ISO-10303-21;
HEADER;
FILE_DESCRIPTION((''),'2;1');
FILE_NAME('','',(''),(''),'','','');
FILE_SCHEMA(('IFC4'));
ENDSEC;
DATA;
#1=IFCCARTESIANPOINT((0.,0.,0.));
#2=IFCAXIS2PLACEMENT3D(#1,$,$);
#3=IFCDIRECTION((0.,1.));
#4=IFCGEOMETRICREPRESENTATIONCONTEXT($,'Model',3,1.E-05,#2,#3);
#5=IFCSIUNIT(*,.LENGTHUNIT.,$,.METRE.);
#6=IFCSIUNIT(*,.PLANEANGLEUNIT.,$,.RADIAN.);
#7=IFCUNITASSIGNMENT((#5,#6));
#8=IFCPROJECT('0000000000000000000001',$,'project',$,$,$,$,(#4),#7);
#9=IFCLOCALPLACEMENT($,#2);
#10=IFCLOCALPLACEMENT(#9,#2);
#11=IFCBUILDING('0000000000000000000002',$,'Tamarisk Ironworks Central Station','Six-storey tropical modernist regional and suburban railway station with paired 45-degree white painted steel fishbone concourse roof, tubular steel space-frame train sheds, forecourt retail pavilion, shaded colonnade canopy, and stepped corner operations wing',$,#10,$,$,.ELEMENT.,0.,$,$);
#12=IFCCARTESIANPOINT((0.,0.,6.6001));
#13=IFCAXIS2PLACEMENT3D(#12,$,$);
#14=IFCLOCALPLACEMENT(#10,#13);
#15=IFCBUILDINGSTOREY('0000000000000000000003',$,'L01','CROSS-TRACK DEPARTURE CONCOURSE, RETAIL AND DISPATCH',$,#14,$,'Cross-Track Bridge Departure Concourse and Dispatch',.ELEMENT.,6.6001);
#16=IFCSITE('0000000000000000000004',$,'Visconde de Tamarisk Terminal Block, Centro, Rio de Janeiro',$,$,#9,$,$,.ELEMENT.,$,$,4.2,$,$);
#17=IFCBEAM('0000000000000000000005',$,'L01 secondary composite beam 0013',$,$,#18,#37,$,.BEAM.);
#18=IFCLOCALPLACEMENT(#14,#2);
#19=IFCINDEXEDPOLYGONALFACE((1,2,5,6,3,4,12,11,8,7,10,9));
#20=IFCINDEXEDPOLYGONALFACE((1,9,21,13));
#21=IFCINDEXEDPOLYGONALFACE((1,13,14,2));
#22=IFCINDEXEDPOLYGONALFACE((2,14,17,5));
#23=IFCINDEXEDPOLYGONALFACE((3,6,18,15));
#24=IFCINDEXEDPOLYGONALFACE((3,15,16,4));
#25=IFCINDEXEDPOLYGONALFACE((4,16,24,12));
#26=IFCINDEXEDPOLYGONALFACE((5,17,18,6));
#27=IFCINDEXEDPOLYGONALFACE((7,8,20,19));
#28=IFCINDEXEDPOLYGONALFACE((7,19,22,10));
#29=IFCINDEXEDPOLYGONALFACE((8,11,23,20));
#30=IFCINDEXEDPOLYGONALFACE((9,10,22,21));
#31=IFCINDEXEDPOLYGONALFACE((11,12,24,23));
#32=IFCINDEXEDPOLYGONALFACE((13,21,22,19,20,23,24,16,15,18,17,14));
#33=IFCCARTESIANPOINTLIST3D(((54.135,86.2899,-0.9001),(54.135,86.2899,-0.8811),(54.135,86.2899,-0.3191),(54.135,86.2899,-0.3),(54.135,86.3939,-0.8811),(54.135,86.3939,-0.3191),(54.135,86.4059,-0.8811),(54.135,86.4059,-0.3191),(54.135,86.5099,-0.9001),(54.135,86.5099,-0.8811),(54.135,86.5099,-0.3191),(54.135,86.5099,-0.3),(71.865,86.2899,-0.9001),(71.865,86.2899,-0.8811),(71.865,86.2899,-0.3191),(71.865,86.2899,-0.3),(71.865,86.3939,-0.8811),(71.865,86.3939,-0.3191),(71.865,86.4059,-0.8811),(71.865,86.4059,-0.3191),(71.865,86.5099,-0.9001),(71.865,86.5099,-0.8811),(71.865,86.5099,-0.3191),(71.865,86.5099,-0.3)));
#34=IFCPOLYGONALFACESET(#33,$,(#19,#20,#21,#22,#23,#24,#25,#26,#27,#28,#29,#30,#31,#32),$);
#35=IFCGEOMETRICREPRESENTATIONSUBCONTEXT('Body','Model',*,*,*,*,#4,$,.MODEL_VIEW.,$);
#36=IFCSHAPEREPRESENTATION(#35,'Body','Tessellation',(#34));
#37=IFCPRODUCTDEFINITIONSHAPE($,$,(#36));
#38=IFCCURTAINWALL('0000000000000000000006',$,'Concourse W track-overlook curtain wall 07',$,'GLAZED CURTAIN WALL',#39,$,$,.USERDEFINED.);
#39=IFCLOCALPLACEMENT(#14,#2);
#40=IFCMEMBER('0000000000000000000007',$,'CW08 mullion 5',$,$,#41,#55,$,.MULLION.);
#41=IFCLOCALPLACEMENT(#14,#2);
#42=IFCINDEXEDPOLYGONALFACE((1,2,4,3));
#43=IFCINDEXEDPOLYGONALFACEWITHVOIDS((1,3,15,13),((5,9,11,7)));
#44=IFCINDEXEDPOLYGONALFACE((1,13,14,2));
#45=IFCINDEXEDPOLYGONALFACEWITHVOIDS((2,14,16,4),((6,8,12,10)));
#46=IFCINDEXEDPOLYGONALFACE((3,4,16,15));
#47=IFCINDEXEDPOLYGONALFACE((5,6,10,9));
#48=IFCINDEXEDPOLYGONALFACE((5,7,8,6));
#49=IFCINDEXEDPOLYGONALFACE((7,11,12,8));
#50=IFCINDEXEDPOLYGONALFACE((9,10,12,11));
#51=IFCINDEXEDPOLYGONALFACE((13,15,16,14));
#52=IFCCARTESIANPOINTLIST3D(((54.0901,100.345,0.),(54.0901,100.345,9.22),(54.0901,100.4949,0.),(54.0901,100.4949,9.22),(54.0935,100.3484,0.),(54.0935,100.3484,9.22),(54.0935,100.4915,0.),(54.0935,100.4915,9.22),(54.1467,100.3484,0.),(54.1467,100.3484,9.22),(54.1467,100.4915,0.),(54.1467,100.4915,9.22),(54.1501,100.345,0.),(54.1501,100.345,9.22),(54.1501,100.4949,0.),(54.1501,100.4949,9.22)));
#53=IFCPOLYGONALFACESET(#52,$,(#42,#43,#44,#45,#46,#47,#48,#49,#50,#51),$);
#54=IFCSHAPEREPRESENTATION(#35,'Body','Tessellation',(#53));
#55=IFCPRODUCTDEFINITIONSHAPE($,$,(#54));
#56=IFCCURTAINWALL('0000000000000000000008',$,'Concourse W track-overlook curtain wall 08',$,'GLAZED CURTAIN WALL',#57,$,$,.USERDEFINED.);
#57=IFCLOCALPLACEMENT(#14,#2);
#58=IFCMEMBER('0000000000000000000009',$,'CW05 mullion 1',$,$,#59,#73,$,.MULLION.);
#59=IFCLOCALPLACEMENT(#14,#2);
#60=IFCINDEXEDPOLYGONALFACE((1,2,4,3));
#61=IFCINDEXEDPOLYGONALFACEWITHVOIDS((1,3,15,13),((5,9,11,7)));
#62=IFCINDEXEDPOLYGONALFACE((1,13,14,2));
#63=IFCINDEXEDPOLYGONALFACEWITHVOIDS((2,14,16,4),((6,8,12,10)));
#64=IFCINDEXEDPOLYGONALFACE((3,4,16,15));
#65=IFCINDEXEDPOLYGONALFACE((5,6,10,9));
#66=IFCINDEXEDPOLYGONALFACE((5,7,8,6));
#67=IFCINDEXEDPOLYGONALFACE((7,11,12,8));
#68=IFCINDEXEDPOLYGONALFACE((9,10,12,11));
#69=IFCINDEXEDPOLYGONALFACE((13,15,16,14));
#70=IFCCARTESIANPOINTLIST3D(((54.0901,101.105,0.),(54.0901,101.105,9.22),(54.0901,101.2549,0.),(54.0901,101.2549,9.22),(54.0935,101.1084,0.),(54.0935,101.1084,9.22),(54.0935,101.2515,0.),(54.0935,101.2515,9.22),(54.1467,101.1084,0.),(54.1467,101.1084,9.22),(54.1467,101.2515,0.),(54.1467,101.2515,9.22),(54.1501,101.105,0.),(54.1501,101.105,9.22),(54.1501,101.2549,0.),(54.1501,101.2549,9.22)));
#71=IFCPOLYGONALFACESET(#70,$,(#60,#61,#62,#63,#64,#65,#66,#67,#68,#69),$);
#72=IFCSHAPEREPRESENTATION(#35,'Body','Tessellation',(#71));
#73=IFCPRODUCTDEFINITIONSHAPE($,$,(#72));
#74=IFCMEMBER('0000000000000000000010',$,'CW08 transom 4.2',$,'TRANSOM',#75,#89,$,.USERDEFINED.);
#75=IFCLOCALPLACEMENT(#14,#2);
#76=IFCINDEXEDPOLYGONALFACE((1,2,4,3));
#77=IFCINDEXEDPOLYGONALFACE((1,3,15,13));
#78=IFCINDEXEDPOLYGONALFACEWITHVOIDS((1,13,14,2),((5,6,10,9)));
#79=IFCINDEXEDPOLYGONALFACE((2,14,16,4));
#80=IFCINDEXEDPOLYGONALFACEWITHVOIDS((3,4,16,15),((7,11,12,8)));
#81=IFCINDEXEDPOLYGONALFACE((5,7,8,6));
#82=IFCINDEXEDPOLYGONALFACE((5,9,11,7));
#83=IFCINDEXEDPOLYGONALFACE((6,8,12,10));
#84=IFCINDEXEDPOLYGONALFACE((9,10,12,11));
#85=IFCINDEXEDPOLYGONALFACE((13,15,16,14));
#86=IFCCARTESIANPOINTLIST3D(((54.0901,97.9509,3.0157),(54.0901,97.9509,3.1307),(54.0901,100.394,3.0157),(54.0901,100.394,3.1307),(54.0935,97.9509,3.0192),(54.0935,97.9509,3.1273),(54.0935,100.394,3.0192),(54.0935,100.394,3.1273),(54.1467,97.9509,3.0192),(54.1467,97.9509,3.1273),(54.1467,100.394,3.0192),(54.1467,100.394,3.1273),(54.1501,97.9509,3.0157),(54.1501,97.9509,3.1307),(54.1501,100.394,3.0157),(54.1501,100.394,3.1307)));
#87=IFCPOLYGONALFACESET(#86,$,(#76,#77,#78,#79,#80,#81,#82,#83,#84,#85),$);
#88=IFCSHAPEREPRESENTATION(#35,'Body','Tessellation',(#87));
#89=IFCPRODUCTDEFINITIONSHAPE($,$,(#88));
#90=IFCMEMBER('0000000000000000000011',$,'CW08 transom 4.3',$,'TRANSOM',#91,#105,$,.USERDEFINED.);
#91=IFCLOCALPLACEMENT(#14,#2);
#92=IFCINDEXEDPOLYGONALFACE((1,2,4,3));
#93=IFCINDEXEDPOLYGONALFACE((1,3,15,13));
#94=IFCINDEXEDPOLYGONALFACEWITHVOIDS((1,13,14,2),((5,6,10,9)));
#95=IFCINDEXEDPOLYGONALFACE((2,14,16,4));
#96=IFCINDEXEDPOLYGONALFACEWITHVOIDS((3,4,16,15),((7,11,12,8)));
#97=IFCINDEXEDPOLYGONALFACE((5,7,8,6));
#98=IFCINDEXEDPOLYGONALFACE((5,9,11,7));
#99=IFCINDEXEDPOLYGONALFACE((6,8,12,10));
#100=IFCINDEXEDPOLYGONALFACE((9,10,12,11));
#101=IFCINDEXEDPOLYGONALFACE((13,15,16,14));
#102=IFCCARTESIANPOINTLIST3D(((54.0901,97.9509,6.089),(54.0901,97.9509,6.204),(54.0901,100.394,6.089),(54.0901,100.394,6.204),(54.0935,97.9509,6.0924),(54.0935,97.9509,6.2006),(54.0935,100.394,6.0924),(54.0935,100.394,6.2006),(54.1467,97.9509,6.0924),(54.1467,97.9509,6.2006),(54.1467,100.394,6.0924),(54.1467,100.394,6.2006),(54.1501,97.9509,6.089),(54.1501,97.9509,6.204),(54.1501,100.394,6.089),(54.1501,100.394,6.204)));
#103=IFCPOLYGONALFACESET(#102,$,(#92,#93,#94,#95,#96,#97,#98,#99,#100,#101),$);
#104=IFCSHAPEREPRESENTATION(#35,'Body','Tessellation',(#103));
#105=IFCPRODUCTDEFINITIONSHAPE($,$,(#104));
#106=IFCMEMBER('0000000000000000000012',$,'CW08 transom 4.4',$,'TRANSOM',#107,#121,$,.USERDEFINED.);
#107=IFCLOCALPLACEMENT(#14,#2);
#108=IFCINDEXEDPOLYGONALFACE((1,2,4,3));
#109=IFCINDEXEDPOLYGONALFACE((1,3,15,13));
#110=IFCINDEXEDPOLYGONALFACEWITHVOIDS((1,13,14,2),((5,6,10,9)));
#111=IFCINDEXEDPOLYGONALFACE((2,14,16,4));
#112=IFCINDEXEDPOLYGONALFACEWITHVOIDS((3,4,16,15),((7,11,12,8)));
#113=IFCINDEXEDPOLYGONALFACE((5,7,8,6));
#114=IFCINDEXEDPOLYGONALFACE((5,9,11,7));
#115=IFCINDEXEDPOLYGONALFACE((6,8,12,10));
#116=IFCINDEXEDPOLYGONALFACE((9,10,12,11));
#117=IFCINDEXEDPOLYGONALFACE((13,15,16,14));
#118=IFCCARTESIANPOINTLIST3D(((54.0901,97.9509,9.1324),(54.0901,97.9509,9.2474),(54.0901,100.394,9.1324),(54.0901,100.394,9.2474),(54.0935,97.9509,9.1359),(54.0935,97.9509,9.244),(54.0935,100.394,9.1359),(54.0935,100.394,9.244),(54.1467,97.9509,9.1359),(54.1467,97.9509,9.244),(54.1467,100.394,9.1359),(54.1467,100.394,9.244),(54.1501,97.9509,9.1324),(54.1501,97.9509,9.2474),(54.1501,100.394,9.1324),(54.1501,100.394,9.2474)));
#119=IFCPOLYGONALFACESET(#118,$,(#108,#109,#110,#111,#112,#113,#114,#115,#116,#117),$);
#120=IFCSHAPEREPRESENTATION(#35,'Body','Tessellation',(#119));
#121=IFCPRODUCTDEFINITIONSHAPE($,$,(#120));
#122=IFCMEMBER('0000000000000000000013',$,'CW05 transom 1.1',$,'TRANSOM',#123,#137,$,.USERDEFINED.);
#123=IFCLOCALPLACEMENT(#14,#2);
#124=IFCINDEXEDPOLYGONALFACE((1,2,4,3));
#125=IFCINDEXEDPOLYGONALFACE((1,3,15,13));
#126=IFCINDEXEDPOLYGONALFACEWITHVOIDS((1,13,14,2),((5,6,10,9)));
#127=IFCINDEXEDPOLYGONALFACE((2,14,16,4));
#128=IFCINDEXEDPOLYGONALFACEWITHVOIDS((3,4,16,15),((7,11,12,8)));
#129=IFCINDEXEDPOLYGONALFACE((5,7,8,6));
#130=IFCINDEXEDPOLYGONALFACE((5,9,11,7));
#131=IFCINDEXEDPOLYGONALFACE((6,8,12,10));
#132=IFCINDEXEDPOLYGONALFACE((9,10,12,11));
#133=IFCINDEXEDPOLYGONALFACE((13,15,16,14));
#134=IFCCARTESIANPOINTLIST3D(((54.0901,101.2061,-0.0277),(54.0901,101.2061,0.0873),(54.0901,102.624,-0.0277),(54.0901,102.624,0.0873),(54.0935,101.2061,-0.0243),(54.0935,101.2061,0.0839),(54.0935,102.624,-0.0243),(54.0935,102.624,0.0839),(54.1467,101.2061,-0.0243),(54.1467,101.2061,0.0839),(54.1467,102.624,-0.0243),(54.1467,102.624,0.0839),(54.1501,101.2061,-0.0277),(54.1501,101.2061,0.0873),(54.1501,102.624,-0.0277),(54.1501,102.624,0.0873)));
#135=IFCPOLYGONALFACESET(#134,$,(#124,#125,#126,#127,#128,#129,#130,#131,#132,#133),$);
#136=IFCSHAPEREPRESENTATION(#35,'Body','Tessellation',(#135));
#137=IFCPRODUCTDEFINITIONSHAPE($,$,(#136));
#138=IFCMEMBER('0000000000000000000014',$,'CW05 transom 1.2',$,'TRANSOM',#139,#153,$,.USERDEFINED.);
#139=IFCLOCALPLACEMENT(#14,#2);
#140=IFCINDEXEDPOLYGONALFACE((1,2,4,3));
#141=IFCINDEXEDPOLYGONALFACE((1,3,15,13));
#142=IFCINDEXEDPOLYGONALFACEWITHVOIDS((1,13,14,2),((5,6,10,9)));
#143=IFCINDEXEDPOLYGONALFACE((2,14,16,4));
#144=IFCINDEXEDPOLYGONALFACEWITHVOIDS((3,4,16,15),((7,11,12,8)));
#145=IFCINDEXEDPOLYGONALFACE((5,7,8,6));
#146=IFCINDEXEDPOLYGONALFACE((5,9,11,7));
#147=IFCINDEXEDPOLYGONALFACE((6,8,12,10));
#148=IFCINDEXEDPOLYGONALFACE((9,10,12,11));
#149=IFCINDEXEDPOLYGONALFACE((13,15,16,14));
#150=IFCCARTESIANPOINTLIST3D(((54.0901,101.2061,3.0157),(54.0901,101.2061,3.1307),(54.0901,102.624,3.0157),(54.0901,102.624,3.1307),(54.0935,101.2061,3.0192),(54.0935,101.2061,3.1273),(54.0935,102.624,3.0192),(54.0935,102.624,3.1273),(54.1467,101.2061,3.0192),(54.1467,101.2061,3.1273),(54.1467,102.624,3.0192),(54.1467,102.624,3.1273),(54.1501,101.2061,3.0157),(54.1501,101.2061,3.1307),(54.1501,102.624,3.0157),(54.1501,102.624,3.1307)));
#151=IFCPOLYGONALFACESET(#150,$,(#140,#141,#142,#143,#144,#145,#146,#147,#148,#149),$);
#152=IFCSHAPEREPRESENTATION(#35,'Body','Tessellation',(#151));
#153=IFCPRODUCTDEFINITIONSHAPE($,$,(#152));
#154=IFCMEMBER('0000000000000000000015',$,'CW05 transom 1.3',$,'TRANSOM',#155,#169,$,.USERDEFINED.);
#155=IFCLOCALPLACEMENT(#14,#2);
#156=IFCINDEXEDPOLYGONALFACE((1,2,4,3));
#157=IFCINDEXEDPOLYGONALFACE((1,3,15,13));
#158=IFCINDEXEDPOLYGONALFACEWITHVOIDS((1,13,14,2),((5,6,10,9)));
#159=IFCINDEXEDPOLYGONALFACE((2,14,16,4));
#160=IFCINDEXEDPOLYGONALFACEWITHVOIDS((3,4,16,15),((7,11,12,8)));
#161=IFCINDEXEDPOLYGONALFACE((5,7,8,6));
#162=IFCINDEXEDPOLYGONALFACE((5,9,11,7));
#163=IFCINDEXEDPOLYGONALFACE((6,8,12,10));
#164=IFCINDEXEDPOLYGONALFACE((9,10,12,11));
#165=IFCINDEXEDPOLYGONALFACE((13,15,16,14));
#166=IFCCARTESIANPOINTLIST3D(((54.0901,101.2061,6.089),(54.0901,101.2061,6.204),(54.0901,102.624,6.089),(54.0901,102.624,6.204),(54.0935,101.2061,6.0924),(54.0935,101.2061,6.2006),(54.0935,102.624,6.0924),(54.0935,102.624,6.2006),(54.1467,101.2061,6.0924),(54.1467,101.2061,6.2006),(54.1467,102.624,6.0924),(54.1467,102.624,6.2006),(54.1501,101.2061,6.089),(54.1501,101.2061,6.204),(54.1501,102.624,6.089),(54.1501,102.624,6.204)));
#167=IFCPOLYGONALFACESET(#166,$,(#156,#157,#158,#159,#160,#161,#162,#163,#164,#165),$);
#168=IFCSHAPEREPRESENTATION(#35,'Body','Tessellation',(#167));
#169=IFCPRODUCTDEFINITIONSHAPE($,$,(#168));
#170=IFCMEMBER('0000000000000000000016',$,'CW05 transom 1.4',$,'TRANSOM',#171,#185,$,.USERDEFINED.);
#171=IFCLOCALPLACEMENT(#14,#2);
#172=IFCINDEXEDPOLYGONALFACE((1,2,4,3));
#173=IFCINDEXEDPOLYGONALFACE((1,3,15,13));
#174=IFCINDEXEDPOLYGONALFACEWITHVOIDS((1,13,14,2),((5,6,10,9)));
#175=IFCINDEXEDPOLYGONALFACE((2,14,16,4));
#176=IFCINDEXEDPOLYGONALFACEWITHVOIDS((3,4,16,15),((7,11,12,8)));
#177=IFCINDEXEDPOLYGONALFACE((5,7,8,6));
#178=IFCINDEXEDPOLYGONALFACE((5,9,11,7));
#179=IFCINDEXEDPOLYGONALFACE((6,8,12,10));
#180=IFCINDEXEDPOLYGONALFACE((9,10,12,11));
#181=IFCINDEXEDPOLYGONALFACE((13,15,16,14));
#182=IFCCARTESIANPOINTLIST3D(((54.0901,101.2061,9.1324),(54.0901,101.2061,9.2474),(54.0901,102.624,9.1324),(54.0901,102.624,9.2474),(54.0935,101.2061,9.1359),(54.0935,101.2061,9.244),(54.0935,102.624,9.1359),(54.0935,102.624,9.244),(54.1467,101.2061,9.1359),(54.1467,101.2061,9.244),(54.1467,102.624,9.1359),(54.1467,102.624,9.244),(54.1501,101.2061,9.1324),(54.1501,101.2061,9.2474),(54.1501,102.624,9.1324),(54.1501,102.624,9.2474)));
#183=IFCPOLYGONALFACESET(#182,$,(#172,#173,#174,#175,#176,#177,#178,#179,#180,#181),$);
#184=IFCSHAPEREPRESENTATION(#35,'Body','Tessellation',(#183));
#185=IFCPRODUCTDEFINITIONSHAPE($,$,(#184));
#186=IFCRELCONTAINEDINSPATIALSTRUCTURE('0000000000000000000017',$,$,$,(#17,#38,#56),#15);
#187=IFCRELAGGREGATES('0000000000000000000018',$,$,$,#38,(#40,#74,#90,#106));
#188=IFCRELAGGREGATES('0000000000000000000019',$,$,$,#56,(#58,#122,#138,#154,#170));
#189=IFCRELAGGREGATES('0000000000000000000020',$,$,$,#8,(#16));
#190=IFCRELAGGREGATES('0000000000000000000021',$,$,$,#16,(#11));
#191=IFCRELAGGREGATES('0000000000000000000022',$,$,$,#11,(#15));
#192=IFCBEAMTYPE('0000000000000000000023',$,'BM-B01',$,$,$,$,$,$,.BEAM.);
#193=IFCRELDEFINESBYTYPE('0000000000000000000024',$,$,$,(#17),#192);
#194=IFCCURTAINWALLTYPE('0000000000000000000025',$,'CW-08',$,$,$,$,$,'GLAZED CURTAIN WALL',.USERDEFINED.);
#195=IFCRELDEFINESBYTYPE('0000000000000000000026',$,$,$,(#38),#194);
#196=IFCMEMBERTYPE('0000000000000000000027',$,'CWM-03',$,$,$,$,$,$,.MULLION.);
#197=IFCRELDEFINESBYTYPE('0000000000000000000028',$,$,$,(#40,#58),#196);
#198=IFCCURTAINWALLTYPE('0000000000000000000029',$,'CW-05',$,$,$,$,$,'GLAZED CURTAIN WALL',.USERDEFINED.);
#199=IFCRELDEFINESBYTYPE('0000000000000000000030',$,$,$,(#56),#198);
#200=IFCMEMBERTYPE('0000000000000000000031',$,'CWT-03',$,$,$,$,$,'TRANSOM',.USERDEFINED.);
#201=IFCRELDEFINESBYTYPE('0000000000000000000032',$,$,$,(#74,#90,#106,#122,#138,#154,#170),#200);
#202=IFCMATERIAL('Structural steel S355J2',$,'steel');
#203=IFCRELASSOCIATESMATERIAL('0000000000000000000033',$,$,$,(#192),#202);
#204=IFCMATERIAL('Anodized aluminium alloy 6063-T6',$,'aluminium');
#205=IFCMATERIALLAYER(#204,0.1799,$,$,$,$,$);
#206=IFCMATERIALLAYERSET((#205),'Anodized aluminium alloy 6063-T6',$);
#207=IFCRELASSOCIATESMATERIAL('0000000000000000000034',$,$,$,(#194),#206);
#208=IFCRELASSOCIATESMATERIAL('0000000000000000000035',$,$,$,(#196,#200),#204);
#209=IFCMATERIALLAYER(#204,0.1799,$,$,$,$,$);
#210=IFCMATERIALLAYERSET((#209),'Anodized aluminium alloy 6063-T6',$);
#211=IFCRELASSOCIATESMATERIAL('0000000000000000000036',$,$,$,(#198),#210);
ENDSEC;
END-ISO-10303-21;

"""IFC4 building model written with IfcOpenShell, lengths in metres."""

from ifc_helpers import new_model, si_unit, direction, frame, origin, origin_2d, place, context, subcontext, project, spatial, hollow_rectangle, i_section, extrude, material, layer, layer_set, material_profile, profile_set, type_object, element, aggregate, save


model = new_model("IFC4")

# Units and contexts
model_context = context("Model", 3, precision=1e-05, world=origin(), true_north=direction((0.0, 1.0)))
body_context = subcontext(model_context, "Body", "Model", "MODEL_VIEW")
ifc_project = project(units=[si_unit("LENGTHUNIT", "METRE"), si_unit("PLANEANGLEUNIT", "RADIAN")], contexts=[model_context])

# Site, building, storey
site_placement = place(None, origin())
site = spatial("IfcSite", under=ifc_project, at=site_placement, Name="Visconde de Tamarisk Terminal Block, Centro, Rio de Janeiro", CompositionType="ELEMENT", RefElevation=4.2)
building_placement = place(site_placement, origin())
building = spatial("IfcBuilding", under=site, at=building_placement, Name="Tamarisk Ironworks Central Station", Description="Six-storey tropical modernist regional and suburban railway station with paired 45-degree white painted steel fishbone concourse roof, tubular steel space-frame train sheds, forecourt retail pavilion, shaded colonnade canopy, and stepped corner operations wing", CompositionType="ELEMENT", ElevationOfRefHeight=0.0)
storey_placement = place(building_placement, frame((0.0, 0.0, 6.6001)))
storey = spatial("IfcBuildingStorey", under=building, at=storey_placement, Name="L01", Description="CROSS-TRACK DEPARTURE CONCOURSE, RETAIL AND DISPATCH", LongName="Cross-Track Bridge Departure Concourse and Dispatch", CompositionType="ELEMENT", Elevation=6.6001)

# Beam
ifc_material_1 = material(Name="Structural steel S355J2", Category="steel")
ifc_material_profile_1 = material_profile(ifc_material_1, i_section(OverallWidth=0.22, OverallDepth=0.6001, WebThickness=0.012, FlangeThickness=0.019, at=origin_2d()), Name="IPE 600")
ifc_profile_set_1 = profile_set([ifc_material_profile_1], Name="Structural steel S355J2")
beam_type = type_object("IfcBeamType", Name="BM-B01", PredefinedType="BEAM", material=ifc_profile_set_1)
beam_placement = place(storey_placement, frame((54.135, 86.3999, -0.6001), z_axis=(1.0, 0.0, 0.0), x_axis=(0.0, 1.0, 0.0)))
element("IfcBeam", 1, at=beam_placement, inside=storey, type_object=beam_type, Name="L01 secondary composite beam 0013", PredefinedType="BEAM", context=body_context, shape_type="SweptSolid", body=[
    extrude(i_section(OverallWidth=0.22, OverallDepth=0.6001, WebThickness=0.012, FlangeThickness=0.019, at=origin_2d()), origin(), (0.0, 0.0, 1.0), 17.73),
])

# Curtain walls, members
ifc_material_2 = material(Name="Anodized aluminium alloy 6063-T6", Category="aluminium")
ifc_layer_1 = layer(ifc_material_2, 0.1799)
ifc_layer_set_1 = layer_set([ifc_layer_1], Name="Anodized aluminium alloy 6063-T6")
curtain_wall_type_1 = type_object("IfcCurtainWallType", Name="CW-08", ElementType="GLAZED CURTAIN WALL", PredefinedType="USERDEFINED", material=ifc_layer_set_1)
curtain_wall_1_placement = place(storey_placement, origin())
curtain_wall_1 = element("IfcCurtainWall", 2, at=curtain_wall_1_placement, inside=storey, type_object=curtain_wall_type_1, Name="Concourse W track-overlook curtain wall 07", ObjectType="GLAZED CURTAIN WALL", PredefinedType="USERDEFINED")
ifc_material_profile_2 = material_profile(ifc_material_2, hollow_rectangle(XDim=0.0601, YDim=0.1499, WallThickness=0.0034, at=origin_2d()), Name="ALUM 150x60")
ifc_profile_set_2 = profile_set([ifc_material_profile_2], Name="Anodized aluminium alloy 6063-T6")
member_type_1 = type_object("IfcMemberType", Name="CWM-03", PredefinedType="MULLION", material=ifc_profile_set_2)
member_1_placement = place(storey_placement, frame((54.1201, 100.4199, 0.0), z_axis=(0.0, 0.0, 1.0), x_axis=(-1.0, 0.0, 0.0)))
member_1 = element("IfcMember", 3, at=member_1_placement, type_object=member_type_1, Name="CW08 mullion 5", PredefinedType="MULLION", context=body_context, shape_type="SweptSolid", body=[
    extrude(hollow_rectangle(XDim=0.0601, YDim=0.1499, WallThickness=0.0034, at=origin_2d()), origin(), (0.0, 0.0, 1.0), 9.22),
])
ifc_layer_2 = layer(ifc_material_2, 0.1799)
ifc_layer_set_2 = layer_set([ifc_layer_2], Name="Anodized aluminium alloy 6063-T6")
curtain_wall_type_2 = type_object("IfcCurtainWallType", Name="CW-05", ElementType="GLAZED CURTAIN WALL", PredefinedType="USERDEFINED", material=ifc_layer_set_2)
curtain_wall_2_placement = place(storey_placement, origin())
curtain_wall_2 = element("IfcCurtainWall", 4, at=curtain_wall_2_placement, inside=storey, type_object=curtain_wall_type_2, Name="Concourse W track-overlook curtain wall 08", ObjectType="GLAZED CURTAIN WALL", PredefinedType="USERDEFINED")
member_2_placement = place(storey_placement, frame((54.1201, 101.1799, 0.0), z_axis=(0.0, 0.0, 1.0), x_axis=(-1.0, 0.0, 0.0)))
member_2 = element("IfcMember", 5, at=member_2_placement, type_object=member_type_1, Name="CW05 mullion 1", PredefinedType="MULLION", context=body_context, shape_type="SweptSolid", body=[
    extrude(hollow_rectangle(XDim=0.0601, YDim=0.1499, WallThickness=0.0034, at=origin_2d()), origin(), (0.0, 0.0, 1.0), 9.22),
])

# Members
ifc_material_profile_3 = material_profile(ifc_material_2, hollow_rectangle(XDim=0.0601, YDim=0.115, WallThickness=0.0034, at=origin_2d()), Name="ALUM 115x60")
ifc_profile_set_3 = profile_set([ifc_material_profile_3], Name="Anodized aluminium alloy 6063-T6")
member_type_2 = type_object("IfcMemberType", Name="CWT-03", ElementType="TRANSOM", PredefinedType="USERDEFINED", material=ifc_profile_set_3)
member_3_placement = place(storey_placement, frame((54.1201, 97.9509, 3.0732), z_axis=(0.0, 1.0, 0.0), x_axis=(-1.0, 0.0, 0.0)))
member_3 = element("IfcMember", 6, at=member_3_placement, type_object=member_type_2, Name="CW08 transom 4.2", ObjectType="TRANSOM", PredefinedType="USERDEFINED", context=body_context, shape_type="SweptSolid", body=[
    extrude(hollow_rectangle(XDim=0.0601, YDim=0.115, WallThickness=0.0034, at=origin_2d()), origin(), (0.0, 0.0, 1.0), 2.4431),
])
member_4_placement = place(storey_placement, frame((54.1201, 97.9509, 6.1465), z_axis=(0.0, 1.0, 0.0), x_axis=(-1.0, 0.0, 0.0)))
member_4 = element("IfcMember", 7, at=member_4_placement, type_object=member_type_2, Name="CW08 transom 4.3", ObjectType="TRANSOM", PredefinedType="USERDEFINED", context=body_context, shape_type="SweptSolid", body=[
    extrude(hollow_rectangle(XDim=0.0601, YDim=0.115, WallThickness=0.0034, at=origin_2d()), origin(), (0.0, 0.0, 1.0), 2.4431),
])
member_5_placement = place(storey_placement, frame((54.1201, 97.9509, 9.1899), z_axis=(0.0, 1.0, 0.0), x_axis=(-1.0, 0.0, 0.0)))
member_5 = element("IfcMember", 8, at=member_5_placement, type_object=member_type_2, Name="CW08 transom 4.4", ObjectType="TRANSOM", PredefinedType="USERDEFINED", context=body_context, shape_type="SweptSolid", body=[
    extrude(hollow_rectangle(XDim=0.0601, YDim=0.115, WallThickness=0.0034, at=origin_2d()), origin(), (0.0, 0.0, 1.0), 2.4431),
])
member_6_placement = place(storey_placement, frame((54.1201, 101.2061, 0.0298), z_axis=(0.0, 1.0, 0.0), x_axis=(-1.0, 0.0, 0.0)))
member_6 = element("IfcMember", 9, at=member_6_placement, type_object=member_type_2, Name="CW05 transom 1.1", ObjectType="TRANSOM", PredefinedType="USERDEFINED", context=body_context, shape_type="SweptSolid", body=[
    extrude(hollow_rectangle(XDim=0.0601, YDim=0.115, WallThickness=0.0034, at=origin_2d()), origin(), (0.0, 0.0, 1.0), 1.418),
])
member_7_placement = place(storey_placement, frame((54.1201, 101.2061, 3.0732), z_axis=(0.0, 1.0, 0.0), x_axis=(-1.0, 0.0, 0.0)))
member_7 = element("IfcMember", 10, at=member_7_placement, type_object=member_type_2, Name="CW05 transom 1.2", ObjectType="TRANSOM", PredefinedType="USERDEFINED", context=body_context, shape_type="SweptSolid", body=[
    extrude(hollow_rectangle(XDim=0.0601, YDim=0.115, WallThickness=0.0034, at=origin_2d()), origin(), (0.0, 0.0, 1.0), 1.418),
])
member_8_placement = place(storey_placement, frame((54.1201, 101.2061, 6.1465), z_axis=(0.0, 1.0, 0.0), x_axis=(-1.0, 0.0, 0.0)))
member_8 = element("IfcMember", 11, at=member_8_placement, type_object=member_type_2, Name="CW05 transom 1.3", ObjectType="TRANSOM", PredefinedType="USERDEFINED", context=body_context, shape_type="SweptSolid", body=[
    extrude(hollow_rectangle(XDim=0.0601, YDim=0.115, WallThickness=0.0034, at=origin_2d()), origin(), (0.0, 0.0, 1.0), 1.418),
])
member_9_placement = place(storey_placement, frame((54.1201, 101.2061, 9.1899), z_axis=(0.0, 1.0, 0.0), x_axis=(-1.0, 0.0, 0.0)))
member_9 = element("IfcMember", 12, at=member_9_placement, type_object=member_type_2, Name="CW05 transom 1.4", ObjectType="TRANSOM", PredefinedType="USERDEFINED", context=body_context, shape_type="SweptSolid", body=[
    extrude(hollow_rectangle(XDim=0.0601, YDim=0.115, WallThickness=0.0034, at=origin_2d()), origin(), (0.0, 0.0, 1.0), 1.418),
])

aggregate(curtain_wall_1, [member_1, member_3, member_4, member_5])
aggregate(curtain_wall_2, [member_2, member_6, member_7, member_8, member_9])

save(model, "model.ifc")
